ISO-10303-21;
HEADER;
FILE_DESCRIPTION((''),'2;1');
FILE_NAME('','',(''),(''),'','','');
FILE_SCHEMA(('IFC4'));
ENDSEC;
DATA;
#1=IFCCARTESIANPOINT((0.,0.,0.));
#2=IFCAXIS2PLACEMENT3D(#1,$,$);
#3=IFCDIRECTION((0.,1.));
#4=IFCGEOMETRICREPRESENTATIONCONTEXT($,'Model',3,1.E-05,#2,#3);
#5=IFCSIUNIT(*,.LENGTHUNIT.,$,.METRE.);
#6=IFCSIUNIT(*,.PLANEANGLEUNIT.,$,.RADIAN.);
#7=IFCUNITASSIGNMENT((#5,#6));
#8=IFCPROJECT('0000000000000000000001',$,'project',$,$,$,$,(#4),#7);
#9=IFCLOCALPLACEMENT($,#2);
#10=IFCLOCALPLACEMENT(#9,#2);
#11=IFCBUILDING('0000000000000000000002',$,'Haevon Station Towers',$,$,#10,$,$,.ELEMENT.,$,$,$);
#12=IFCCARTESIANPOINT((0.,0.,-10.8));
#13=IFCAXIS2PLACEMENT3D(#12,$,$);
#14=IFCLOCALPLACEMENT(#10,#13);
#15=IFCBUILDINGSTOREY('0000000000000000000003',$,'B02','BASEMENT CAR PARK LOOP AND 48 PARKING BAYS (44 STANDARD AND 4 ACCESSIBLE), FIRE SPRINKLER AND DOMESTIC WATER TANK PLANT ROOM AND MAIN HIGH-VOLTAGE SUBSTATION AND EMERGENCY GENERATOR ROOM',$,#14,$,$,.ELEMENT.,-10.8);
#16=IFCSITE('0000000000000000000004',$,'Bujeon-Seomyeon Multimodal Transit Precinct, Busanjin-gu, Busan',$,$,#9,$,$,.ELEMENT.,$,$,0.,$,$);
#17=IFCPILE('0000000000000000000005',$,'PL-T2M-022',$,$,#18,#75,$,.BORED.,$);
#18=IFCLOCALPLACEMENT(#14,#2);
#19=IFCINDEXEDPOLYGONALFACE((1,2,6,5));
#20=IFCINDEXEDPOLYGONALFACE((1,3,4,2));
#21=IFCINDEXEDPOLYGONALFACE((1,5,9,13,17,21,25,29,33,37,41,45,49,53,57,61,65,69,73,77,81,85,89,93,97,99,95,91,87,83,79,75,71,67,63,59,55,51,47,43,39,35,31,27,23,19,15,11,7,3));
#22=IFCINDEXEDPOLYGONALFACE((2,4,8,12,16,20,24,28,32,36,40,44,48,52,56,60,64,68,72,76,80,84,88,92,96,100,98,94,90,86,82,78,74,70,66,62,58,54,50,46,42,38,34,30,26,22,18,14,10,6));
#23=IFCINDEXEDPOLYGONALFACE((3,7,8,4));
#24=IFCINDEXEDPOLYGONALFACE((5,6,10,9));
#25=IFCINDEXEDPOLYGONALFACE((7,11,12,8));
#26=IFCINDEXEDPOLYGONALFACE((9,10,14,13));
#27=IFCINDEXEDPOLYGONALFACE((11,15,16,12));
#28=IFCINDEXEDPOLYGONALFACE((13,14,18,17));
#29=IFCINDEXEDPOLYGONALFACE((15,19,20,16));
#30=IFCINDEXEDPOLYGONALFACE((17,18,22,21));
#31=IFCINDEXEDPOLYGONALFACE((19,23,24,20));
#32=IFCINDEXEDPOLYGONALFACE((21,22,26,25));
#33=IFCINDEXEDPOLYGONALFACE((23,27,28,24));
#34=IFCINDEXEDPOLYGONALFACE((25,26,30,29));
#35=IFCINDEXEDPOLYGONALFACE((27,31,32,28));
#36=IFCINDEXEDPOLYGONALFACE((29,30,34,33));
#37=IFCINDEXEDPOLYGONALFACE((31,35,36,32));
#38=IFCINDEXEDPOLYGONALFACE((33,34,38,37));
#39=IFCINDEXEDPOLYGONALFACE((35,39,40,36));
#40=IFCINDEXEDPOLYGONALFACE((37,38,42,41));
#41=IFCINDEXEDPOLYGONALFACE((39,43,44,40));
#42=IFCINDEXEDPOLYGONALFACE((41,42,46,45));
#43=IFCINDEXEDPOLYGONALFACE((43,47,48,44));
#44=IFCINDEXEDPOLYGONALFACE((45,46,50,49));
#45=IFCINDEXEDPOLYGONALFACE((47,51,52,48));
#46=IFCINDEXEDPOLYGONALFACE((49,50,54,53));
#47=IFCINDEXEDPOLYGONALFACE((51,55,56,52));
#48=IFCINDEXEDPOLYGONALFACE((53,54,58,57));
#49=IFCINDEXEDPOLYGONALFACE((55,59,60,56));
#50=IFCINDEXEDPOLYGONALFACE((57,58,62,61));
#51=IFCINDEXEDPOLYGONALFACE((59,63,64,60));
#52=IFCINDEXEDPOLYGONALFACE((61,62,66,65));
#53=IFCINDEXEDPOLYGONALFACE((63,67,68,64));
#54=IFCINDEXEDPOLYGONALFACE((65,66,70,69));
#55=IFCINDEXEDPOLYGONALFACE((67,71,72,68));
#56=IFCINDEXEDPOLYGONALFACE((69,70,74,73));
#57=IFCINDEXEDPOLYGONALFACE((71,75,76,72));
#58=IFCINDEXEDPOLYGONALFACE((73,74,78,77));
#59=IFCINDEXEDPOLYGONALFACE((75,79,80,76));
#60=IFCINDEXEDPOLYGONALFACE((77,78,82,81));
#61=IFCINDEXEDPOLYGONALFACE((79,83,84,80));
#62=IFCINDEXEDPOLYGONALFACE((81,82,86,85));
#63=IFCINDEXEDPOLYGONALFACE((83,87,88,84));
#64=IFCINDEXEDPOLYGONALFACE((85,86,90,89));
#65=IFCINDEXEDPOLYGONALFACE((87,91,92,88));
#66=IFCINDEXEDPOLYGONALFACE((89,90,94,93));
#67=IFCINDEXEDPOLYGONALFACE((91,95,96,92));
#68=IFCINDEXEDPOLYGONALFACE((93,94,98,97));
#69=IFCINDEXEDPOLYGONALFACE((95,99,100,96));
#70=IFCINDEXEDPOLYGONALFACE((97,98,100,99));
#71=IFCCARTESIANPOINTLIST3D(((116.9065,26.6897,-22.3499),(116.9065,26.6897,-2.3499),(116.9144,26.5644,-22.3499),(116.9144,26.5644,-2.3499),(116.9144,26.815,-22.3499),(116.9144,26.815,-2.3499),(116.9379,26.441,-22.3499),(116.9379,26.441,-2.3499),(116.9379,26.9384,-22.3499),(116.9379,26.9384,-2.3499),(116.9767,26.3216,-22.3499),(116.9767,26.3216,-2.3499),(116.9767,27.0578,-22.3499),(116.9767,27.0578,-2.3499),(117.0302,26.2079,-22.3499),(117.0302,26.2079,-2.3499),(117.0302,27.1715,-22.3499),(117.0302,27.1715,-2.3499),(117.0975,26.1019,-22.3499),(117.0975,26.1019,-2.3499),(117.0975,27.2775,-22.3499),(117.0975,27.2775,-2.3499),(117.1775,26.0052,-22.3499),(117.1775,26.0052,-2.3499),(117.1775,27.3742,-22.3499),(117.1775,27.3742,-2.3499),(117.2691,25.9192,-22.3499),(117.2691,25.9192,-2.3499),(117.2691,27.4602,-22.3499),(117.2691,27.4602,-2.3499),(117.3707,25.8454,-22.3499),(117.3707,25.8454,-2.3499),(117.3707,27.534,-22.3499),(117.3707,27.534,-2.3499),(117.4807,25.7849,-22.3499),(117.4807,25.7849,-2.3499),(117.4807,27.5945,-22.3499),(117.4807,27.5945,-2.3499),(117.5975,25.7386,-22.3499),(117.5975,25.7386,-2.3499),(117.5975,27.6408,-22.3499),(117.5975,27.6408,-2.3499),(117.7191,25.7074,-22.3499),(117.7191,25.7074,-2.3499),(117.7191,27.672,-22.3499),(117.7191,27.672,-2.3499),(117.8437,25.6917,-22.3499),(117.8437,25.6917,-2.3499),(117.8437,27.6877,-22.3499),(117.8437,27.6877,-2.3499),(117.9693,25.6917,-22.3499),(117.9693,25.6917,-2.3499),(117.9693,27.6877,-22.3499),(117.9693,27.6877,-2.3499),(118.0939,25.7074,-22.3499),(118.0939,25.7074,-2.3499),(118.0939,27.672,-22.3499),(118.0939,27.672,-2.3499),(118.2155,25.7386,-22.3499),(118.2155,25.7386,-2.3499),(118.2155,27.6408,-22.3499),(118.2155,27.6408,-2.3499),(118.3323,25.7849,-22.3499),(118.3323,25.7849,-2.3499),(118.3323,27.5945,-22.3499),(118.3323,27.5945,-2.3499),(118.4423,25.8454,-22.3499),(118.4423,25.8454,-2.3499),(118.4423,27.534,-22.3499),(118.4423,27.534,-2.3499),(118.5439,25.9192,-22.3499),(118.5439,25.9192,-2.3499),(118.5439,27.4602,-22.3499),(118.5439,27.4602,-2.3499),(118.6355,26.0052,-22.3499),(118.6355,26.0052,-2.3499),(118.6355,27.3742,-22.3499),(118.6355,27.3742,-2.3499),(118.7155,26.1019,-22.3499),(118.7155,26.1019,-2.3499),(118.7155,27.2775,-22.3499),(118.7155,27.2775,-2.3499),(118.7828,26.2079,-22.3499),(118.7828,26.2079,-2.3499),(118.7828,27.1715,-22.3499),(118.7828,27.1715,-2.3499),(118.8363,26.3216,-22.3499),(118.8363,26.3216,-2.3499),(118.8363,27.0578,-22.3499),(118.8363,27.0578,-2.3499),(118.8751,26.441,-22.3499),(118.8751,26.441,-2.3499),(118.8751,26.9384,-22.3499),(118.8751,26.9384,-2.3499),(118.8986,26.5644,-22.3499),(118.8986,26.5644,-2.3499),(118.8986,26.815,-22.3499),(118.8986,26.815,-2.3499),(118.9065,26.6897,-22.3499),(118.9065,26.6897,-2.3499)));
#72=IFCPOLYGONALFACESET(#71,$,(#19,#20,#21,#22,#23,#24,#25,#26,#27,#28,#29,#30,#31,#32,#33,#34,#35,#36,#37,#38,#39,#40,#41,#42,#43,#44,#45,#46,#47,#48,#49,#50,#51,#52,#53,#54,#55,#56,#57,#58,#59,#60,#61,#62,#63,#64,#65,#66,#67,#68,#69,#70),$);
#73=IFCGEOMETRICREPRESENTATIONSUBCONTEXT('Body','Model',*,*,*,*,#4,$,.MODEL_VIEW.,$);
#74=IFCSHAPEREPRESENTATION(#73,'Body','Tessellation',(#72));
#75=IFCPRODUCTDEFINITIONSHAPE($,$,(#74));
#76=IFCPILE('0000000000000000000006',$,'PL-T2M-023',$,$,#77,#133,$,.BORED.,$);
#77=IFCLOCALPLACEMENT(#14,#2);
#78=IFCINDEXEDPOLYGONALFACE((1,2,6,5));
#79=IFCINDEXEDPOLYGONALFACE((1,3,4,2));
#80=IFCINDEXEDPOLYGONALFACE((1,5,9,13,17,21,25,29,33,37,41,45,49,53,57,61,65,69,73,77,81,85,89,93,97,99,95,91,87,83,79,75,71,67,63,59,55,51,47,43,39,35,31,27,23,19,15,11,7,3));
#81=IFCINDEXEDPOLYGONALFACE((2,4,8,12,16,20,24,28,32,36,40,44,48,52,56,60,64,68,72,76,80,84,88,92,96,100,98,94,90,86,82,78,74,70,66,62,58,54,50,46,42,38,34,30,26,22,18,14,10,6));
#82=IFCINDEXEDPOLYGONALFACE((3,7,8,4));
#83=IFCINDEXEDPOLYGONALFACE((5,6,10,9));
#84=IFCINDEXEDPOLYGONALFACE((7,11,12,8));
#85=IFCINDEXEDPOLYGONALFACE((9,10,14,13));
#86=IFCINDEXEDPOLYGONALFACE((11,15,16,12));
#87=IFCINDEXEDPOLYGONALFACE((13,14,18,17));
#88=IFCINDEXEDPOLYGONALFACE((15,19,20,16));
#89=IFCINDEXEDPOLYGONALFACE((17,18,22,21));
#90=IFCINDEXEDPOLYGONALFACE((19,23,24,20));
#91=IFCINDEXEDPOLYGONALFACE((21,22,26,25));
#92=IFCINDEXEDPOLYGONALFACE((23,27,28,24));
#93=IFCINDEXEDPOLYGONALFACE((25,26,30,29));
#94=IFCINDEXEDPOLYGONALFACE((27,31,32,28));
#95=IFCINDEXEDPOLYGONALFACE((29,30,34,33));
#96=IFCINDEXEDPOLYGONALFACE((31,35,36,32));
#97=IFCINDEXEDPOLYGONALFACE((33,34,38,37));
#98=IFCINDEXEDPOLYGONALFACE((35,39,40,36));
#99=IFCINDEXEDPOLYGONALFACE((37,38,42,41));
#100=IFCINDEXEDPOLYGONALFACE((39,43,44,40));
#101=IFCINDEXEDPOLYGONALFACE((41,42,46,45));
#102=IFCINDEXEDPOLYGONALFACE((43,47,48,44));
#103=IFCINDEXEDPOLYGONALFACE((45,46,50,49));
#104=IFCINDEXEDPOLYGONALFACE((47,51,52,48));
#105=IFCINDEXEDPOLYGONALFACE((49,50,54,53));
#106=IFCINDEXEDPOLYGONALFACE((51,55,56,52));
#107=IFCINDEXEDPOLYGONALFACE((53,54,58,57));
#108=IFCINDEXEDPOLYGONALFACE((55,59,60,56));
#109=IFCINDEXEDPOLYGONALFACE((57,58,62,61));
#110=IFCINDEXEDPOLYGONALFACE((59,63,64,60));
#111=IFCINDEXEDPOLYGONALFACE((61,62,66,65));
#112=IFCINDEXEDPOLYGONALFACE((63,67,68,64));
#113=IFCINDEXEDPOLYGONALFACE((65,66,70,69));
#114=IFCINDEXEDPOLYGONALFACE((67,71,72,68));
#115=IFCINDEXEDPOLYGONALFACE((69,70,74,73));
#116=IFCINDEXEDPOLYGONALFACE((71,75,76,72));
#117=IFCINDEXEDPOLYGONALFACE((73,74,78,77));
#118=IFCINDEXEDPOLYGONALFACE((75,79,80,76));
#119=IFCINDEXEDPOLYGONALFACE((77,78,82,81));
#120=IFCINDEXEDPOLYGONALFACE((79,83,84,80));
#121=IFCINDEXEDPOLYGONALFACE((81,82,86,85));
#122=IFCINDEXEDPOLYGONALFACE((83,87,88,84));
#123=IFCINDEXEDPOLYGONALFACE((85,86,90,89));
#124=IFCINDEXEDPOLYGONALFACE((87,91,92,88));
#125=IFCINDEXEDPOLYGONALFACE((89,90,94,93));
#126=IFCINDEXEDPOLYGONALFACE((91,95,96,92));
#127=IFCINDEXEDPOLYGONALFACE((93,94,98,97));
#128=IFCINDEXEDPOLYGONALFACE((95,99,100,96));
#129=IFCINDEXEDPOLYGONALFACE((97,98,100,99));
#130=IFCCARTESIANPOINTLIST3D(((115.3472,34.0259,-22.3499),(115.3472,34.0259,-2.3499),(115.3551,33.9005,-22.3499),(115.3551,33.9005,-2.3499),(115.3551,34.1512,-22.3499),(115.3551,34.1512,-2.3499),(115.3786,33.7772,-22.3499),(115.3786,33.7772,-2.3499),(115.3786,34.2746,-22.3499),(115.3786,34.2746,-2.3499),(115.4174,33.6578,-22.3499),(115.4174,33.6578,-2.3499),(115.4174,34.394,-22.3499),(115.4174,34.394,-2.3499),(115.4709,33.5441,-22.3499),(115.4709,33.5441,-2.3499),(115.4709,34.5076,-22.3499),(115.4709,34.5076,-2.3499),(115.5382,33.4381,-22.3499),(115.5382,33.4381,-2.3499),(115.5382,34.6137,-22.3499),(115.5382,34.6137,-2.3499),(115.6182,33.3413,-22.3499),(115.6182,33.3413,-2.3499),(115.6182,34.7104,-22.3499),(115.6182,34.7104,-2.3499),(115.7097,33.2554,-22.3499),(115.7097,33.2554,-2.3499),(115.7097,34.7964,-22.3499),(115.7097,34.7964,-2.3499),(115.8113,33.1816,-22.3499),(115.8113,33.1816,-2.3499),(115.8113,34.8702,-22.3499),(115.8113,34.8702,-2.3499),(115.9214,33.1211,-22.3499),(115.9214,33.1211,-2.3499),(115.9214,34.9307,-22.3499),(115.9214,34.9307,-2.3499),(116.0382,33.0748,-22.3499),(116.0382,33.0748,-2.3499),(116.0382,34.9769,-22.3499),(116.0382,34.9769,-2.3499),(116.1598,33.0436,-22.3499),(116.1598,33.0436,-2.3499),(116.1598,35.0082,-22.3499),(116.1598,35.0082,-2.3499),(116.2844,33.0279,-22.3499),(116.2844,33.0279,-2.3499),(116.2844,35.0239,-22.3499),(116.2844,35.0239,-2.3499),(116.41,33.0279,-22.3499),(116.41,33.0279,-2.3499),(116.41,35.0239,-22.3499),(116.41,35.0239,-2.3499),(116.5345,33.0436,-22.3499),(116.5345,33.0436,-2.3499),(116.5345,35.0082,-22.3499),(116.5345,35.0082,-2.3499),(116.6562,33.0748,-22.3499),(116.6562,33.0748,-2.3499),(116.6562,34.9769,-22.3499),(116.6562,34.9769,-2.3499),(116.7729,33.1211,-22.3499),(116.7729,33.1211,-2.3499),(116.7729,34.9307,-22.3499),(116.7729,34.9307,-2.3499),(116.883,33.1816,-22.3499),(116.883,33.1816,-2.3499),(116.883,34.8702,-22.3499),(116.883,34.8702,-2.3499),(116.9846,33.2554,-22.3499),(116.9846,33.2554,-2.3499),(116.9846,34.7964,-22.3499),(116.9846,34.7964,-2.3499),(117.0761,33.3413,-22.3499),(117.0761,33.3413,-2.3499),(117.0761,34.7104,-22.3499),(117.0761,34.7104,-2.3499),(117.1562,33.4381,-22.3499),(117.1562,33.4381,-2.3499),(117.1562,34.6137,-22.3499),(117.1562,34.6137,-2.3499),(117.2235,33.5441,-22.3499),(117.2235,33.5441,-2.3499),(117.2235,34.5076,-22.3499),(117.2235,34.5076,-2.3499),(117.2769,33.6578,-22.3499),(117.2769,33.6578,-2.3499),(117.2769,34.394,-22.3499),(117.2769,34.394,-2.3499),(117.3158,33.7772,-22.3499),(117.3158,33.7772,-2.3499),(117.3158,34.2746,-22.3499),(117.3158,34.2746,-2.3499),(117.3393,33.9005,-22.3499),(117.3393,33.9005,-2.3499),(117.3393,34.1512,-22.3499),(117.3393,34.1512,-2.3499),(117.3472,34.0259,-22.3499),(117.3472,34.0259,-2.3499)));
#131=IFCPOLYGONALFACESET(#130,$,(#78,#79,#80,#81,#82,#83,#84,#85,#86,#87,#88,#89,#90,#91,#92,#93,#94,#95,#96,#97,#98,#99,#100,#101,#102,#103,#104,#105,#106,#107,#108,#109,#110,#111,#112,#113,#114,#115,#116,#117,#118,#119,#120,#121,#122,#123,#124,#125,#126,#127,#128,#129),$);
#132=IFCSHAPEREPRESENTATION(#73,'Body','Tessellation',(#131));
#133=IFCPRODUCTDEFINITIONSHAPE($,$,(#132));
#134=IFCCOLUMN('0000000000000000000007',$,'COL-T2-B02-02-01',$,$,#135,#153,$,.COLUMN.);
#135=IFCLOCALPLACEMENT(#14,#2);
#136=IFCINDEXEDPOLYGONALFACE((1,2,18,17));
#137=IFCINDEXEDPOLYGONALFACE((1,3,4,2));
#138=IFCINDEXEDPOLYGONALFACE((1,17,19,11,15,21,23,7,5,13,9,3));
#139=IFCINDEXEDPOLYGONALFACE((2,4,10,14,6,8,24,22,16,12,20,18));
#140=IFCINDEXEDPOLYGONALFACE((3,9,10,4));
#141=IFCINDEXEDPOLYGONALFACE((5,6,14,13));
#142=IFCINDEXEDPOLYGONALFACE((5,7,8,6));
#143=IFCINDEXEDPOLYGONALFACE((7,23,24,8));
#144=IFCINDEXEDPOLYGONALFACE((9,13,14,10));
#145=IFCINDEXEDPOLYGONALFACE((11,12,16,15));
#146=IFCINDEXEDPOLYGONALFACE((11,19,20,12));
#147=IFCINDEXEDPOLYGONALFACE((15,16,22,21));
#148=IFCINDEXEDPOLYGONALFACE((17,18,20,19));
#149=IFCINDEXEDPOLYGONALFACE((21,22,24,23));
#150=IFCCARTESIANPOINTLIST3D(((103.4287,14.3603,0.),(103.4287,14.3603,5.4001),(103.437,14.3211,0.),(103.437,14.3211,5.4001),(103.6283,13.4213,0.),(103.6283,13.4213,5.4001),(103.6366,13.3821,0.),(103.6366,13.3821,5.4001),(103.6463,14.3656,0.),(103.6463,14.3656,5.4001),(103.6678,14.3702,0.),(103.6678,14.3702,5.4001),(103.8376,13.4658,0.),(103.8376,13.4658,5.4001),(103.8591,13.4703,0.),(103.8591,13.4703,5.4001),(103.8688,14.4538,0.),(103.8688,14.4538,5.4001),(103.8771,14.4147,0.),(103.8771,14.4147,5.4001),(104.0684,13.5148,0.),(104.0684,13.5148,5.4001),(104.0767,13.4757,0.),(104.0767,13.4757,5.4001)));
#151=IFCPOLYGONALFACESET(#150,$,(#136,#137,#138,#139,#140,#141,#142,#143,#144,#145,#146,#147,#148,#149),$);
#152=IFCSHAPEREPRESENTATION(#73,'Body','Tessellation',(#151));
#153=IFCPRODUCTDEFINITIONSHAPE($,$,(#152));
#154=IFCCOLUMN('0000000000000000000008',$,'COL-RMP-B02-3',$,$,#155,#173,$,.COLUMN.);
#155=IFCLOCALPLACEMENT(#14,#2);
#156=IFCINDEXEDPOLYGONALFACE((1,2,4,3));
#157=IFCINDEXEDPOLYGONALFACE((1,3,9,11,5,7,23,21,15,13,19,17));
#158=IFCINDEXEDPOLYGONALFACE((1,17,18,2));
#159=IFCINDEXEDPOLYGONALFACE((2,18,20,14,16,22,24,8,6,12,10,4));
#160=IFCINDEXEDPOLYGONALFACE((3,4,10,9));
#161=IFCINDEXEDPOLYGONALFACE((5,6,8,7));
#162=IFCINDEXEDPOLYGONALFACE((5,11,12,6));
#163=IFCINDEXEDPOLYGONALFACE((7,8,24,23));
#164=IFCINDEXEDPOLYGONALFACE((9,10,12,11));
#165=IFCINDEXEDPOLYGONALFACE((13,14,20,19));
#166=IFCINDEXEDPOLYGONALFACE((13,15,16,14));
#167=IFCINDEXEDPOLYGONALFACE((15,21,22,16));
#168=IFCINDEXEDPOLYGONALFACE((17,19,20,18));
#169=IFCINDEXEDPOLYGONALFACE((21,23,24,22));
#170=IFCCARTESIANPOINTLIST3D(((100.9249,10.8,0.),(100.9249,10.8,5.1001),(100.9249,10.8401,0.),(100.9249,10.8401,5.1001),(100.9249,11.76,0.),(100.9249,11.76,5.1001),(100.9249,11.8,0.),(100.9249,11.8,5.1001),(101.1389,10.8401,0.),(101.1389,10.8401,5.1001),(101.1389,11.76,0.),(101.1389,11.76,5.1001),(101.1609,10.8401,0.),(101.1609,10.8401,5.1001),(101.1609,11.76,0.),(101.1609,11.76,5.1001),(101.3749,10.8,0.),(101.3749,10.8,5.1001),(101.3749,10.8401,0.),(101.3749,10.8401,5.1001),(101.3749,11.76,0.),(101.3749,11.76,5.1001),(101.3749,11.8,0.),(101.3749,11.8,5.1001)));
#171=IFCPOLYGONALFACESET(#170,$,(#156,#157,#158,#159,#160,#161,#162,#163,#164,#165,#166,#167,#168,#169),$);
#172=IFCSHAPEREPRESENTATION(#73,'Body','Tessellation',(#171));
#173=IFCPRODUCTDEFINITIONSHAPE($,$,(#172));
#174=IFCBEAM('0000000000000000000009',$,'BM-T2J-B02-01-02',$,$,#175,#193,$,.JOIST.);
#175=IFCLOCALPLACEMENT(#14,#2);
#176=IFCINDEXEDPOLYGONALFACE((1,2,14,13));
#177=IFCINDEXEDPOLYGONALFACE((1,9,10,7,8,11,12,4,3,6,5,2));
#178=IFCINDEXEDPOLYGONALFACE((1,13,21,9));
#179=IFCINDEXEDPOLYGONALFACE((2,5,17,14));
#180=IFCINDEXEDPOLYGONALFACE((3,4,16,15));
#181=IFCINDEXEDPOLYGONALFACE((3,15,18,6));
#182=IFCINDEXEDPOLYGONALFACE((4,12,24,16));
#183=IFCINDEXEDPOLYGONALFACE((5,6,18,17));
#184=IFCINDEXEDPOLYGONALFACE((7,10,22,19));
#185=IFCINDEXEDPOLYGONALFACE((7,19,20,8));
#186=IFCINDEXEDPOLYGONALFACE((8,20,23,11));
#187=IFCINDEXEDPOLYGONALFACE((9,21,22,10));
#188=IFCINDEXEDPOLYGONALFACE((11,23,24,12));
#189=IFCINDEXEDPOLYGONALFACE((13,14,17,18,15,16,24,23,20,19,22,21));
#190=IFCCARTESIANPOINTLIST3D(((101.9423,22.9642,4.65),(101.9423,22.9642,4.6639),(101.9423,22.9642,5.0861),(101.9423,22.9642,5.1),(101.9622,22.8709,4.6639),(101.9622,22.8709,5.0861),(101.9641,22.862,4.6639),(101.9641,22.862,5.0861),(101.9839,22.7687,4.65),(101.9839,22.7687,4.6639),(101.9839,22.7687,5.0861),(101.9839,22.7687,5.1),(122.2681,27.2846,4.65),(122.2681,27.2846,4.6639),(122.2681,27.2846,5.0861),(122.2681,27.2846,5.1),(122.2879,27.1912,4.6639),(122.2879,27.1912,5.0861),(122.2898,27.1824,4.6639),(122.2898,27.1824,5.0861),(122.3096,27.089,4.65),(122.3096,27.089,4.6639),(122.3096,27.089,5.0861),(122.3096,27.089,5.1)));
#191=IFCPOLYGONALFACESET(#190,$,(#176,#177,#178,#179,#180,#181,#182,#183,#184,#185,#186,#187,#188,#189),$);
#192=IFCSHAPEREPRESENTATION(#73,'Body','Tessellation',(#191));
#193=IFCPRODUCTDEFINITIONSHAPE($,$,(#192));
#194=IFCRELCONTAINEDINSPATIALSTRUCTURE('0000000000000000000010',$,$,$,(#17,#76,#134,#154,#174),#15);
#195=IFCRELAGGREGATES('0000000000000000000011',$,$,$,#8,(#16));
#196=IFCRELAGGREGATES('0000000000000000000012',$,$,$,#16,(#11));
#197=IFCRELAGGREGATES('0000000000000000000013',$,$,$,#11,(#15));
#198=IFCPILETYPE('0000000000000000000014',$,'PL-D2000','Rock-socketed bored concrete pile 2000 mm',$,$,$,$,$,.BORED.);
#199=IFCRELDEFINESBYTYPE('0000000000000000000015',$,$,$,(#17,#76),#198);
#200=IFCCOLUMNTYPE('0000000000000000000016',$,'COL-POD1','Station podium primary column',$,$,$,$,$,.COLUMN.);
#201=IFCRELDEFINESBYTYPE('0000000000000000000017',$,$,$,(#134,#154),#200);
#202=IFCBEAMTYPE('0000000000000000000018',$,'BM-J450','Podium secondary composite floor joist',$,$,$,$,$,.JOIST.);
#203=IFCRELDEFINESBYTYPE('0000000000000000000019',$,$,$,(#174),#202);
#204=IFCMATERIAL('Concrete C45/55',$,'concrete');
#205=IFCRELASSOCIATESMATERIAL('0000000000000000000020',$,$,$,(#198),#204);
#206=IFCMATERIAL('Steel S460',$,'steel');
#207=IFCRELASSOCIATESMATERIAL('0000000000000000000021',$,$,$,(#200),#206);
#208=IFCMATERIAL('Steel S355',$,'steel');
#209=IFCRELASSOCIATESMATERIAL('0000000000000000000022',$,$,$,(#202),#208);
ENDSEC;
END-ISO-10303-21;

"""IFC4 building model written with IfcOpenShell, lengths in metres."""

from ifc_helpers import new_model, si_unit, direction, frame, origin, origin_2d, place, context, subcontext, project, spatial, circle, i_section, extrude, material, material_profile, profile_set, type_object, element, save


model = new_model("IFC4")

# Units and contexts
model_context = context("Model", 3, precision=1e-05, world=origin(), true_north=direction((0.0, 1.0)))
body_context = subcontext(model_context, "Body", "Model", "MODEL_VIEW")
ifc_project = project(units=[si_unit("LENGTHUNIT", "METRE"), si_unit("PLANEANGLEUNIT", "RADIAN")], contexts=[model_context])

# Site, building, storey
site_placement = place(None, origin())
site = spatial("IfcSite", under=ifc_project, at=site_placement, Name="Bujeon-Seomyeon Multimodal Transit Precinct, Busanjin-gu, Busan", CompositionType="ELEMENT", RefElevation=0.0)
building_placement = place(site_placement, origin())
building = spatial("IfcBuilding", under=site, at=building_placement, Name="Haevon Station Towers", CompositionType="ELEMENT")
storey_placement = place(building_placement, frame((0.0, 0.0, -10.8)))
storey = spatial("IfcBuildingStorey", under=building, at=storey_placement, Name="B02", Description="BASEMENT CAR PARK LOOP AND 48 PARKING BAYS (44 STANDARD AND 4 ACCESSIBLE), FIRE SPRINKLER AND DOMESTIC WATER TANK PLANT ROOM AND MAIN HIGH-VOLTAGE SUBSTATION AND EMERGENCY GENERATOR ROOM", CompositionType="ELEMENT", Elevation=-10.8)

# Piles
ifc_material_1 = material(Name="Concrete C45/55", Category="concrete")
ifc_material_profile_1 = material_profile(ifc_material_1, circle(Radius=1.0, at=origin_2d()), Name="PILE-D2000")
ifc_profile_set_1 = profile_set([ifc_material_profile_1], Name="Concrete C45/55")
pile_type_1 = type_object("IfcPileType", Name="PL-D2000", Description="Rock-socketed bored concrete pile 2000 mm", PredefinedType="BORED", material=ifc_profile_set_1)
for number, where, z_axis, x_axis, name in (
    (1, (117.9065, 26.6897, -2.3499), (0.0, 0.0, -1.0), (1.0, 0.0, 0.0), "PL-T2M-022"),
    (2, (116.3472, 34.0259, -2.3499), (0.0, 0.0, -1.0), (1.0, 0.0, 0.0), "PL-T2M-023"),
):
    element("IfcPile", number, at=place(storey_placement, frame(where, z_axis=z_axis, x_axis=x_axis)), inside=storey, type_object=pile_type_1, Name=name, PredefinedType="BORED", context=body_context, shape_type="SweptSolid", body=[
        extrude(circle(Radius=1.0, at=origin_2d()), origin(), (0.0, 0.0, 1.0), 20.0),
    ])

# Columns
ifc_material_2 = material(Name="Steel S460", Category="steel")
ifc_material_profile_2 = material_profile(ifc_material_2, i_section(OverallWidth=0.45, OverallDepth=1.0, WebThickness=0.022, FlangeThickness=0.04, at=origin_2d()), Name="H-1000x450x22x40")
ifc_profile_set_2 = profile_set([ifc_material_profile_2], Name="Steel S460")
column_type = type_object("IfcColumnType", Name="COL-POD1", Description="Station podium primary column", PredefinedType="COLUMN", material=ifc_profile_set_2)
column_1_placement = place(storey_placement, frame((103.7527, 13.918, 0.0), z_axis=(0.0, 0.0, 1.0), x_axis=(0.978148, 0.207912, 0.0)))
element("IfcColumn", 3, at=column_1_placement, inside=storey, type_object=column_type, Name="COL-T2-B02-02-01", PredefinedType="COLUMN", context=body_context, shape_type="SweptSolid", body=[
    extrude(i_section(OverallWidth=0.45, OverallDepth=1.0, WebThickness=0.022, FlangeThickness=0.04, at=origin_2d()), origin(), (0.0, 0.0, 1.0), 5.4001),
])
column_2_placement = place(storey_placement, frame((101.1499, 11.3, 0.0), z_axis=(0.0, 0.0, 1.0), x_axis=(1.0, 0.0, 0.0)))
element("IfcColumn", 4, at=column_2_placement, inside=storey, type_object=column_type, Name="COL-RMP-B02-3", PredefinedType="COLUMN", context=body_context, shape_type="SweptSolid", body=[
    extrude(i_section(OverallWidth=0.45, OverallDepth=1.0, WebThickness=0.022, FlangeThickness=0.04, at=origin_2d()), origin(), (0.0, 0.0, 1.0), 5.1001),
])

# Beam
ifc_material_3 = material(Name="Steel S355", Category="steel")
ifc_material_profile_3 = material_profile(ifc_material_3, i_section(OverallWidth=0.2, OverallDepth=0.45, WebThickness=0.009, FlangeThickness=0.0139, at=origin_2d()), Name="H-450x200x9x14")
ifc_profile_set_3 = profile_set([ifc_material_profile_3], Name="Steel S355")
beam_type_1 = type_object("IfcBeamType", Name="BM-J450", Description="Podium secondary composite floor joist", PredefinedType="JOIST", material=ifc_profile_set_3)
beam_1_placement = place(storey_placement, frame((101.9631, 22.8665, 4.875), z_axis=(0.978148, 0.20791, 0.0), x_axis=(-0.20791, 0.978148, 0.0)))
element("IfcBeam", 5, at=beam_1_placement, inside=storey, type_object=beam_type_1, Name="BM-T2J-B02-01-02", PredefinedType="JOIST", context=body_context, shape_type="SweptSolid", body=[
    extrude(i_section(OverallWidth=0.2, OverallDepth=0.45, WebThickness=0.009, FlangeThickness=0.0139, at=origin_2d()), origin(), (0.0, 0.0, 1.0), 20.7798),
])

save(model, "model.ifc")
